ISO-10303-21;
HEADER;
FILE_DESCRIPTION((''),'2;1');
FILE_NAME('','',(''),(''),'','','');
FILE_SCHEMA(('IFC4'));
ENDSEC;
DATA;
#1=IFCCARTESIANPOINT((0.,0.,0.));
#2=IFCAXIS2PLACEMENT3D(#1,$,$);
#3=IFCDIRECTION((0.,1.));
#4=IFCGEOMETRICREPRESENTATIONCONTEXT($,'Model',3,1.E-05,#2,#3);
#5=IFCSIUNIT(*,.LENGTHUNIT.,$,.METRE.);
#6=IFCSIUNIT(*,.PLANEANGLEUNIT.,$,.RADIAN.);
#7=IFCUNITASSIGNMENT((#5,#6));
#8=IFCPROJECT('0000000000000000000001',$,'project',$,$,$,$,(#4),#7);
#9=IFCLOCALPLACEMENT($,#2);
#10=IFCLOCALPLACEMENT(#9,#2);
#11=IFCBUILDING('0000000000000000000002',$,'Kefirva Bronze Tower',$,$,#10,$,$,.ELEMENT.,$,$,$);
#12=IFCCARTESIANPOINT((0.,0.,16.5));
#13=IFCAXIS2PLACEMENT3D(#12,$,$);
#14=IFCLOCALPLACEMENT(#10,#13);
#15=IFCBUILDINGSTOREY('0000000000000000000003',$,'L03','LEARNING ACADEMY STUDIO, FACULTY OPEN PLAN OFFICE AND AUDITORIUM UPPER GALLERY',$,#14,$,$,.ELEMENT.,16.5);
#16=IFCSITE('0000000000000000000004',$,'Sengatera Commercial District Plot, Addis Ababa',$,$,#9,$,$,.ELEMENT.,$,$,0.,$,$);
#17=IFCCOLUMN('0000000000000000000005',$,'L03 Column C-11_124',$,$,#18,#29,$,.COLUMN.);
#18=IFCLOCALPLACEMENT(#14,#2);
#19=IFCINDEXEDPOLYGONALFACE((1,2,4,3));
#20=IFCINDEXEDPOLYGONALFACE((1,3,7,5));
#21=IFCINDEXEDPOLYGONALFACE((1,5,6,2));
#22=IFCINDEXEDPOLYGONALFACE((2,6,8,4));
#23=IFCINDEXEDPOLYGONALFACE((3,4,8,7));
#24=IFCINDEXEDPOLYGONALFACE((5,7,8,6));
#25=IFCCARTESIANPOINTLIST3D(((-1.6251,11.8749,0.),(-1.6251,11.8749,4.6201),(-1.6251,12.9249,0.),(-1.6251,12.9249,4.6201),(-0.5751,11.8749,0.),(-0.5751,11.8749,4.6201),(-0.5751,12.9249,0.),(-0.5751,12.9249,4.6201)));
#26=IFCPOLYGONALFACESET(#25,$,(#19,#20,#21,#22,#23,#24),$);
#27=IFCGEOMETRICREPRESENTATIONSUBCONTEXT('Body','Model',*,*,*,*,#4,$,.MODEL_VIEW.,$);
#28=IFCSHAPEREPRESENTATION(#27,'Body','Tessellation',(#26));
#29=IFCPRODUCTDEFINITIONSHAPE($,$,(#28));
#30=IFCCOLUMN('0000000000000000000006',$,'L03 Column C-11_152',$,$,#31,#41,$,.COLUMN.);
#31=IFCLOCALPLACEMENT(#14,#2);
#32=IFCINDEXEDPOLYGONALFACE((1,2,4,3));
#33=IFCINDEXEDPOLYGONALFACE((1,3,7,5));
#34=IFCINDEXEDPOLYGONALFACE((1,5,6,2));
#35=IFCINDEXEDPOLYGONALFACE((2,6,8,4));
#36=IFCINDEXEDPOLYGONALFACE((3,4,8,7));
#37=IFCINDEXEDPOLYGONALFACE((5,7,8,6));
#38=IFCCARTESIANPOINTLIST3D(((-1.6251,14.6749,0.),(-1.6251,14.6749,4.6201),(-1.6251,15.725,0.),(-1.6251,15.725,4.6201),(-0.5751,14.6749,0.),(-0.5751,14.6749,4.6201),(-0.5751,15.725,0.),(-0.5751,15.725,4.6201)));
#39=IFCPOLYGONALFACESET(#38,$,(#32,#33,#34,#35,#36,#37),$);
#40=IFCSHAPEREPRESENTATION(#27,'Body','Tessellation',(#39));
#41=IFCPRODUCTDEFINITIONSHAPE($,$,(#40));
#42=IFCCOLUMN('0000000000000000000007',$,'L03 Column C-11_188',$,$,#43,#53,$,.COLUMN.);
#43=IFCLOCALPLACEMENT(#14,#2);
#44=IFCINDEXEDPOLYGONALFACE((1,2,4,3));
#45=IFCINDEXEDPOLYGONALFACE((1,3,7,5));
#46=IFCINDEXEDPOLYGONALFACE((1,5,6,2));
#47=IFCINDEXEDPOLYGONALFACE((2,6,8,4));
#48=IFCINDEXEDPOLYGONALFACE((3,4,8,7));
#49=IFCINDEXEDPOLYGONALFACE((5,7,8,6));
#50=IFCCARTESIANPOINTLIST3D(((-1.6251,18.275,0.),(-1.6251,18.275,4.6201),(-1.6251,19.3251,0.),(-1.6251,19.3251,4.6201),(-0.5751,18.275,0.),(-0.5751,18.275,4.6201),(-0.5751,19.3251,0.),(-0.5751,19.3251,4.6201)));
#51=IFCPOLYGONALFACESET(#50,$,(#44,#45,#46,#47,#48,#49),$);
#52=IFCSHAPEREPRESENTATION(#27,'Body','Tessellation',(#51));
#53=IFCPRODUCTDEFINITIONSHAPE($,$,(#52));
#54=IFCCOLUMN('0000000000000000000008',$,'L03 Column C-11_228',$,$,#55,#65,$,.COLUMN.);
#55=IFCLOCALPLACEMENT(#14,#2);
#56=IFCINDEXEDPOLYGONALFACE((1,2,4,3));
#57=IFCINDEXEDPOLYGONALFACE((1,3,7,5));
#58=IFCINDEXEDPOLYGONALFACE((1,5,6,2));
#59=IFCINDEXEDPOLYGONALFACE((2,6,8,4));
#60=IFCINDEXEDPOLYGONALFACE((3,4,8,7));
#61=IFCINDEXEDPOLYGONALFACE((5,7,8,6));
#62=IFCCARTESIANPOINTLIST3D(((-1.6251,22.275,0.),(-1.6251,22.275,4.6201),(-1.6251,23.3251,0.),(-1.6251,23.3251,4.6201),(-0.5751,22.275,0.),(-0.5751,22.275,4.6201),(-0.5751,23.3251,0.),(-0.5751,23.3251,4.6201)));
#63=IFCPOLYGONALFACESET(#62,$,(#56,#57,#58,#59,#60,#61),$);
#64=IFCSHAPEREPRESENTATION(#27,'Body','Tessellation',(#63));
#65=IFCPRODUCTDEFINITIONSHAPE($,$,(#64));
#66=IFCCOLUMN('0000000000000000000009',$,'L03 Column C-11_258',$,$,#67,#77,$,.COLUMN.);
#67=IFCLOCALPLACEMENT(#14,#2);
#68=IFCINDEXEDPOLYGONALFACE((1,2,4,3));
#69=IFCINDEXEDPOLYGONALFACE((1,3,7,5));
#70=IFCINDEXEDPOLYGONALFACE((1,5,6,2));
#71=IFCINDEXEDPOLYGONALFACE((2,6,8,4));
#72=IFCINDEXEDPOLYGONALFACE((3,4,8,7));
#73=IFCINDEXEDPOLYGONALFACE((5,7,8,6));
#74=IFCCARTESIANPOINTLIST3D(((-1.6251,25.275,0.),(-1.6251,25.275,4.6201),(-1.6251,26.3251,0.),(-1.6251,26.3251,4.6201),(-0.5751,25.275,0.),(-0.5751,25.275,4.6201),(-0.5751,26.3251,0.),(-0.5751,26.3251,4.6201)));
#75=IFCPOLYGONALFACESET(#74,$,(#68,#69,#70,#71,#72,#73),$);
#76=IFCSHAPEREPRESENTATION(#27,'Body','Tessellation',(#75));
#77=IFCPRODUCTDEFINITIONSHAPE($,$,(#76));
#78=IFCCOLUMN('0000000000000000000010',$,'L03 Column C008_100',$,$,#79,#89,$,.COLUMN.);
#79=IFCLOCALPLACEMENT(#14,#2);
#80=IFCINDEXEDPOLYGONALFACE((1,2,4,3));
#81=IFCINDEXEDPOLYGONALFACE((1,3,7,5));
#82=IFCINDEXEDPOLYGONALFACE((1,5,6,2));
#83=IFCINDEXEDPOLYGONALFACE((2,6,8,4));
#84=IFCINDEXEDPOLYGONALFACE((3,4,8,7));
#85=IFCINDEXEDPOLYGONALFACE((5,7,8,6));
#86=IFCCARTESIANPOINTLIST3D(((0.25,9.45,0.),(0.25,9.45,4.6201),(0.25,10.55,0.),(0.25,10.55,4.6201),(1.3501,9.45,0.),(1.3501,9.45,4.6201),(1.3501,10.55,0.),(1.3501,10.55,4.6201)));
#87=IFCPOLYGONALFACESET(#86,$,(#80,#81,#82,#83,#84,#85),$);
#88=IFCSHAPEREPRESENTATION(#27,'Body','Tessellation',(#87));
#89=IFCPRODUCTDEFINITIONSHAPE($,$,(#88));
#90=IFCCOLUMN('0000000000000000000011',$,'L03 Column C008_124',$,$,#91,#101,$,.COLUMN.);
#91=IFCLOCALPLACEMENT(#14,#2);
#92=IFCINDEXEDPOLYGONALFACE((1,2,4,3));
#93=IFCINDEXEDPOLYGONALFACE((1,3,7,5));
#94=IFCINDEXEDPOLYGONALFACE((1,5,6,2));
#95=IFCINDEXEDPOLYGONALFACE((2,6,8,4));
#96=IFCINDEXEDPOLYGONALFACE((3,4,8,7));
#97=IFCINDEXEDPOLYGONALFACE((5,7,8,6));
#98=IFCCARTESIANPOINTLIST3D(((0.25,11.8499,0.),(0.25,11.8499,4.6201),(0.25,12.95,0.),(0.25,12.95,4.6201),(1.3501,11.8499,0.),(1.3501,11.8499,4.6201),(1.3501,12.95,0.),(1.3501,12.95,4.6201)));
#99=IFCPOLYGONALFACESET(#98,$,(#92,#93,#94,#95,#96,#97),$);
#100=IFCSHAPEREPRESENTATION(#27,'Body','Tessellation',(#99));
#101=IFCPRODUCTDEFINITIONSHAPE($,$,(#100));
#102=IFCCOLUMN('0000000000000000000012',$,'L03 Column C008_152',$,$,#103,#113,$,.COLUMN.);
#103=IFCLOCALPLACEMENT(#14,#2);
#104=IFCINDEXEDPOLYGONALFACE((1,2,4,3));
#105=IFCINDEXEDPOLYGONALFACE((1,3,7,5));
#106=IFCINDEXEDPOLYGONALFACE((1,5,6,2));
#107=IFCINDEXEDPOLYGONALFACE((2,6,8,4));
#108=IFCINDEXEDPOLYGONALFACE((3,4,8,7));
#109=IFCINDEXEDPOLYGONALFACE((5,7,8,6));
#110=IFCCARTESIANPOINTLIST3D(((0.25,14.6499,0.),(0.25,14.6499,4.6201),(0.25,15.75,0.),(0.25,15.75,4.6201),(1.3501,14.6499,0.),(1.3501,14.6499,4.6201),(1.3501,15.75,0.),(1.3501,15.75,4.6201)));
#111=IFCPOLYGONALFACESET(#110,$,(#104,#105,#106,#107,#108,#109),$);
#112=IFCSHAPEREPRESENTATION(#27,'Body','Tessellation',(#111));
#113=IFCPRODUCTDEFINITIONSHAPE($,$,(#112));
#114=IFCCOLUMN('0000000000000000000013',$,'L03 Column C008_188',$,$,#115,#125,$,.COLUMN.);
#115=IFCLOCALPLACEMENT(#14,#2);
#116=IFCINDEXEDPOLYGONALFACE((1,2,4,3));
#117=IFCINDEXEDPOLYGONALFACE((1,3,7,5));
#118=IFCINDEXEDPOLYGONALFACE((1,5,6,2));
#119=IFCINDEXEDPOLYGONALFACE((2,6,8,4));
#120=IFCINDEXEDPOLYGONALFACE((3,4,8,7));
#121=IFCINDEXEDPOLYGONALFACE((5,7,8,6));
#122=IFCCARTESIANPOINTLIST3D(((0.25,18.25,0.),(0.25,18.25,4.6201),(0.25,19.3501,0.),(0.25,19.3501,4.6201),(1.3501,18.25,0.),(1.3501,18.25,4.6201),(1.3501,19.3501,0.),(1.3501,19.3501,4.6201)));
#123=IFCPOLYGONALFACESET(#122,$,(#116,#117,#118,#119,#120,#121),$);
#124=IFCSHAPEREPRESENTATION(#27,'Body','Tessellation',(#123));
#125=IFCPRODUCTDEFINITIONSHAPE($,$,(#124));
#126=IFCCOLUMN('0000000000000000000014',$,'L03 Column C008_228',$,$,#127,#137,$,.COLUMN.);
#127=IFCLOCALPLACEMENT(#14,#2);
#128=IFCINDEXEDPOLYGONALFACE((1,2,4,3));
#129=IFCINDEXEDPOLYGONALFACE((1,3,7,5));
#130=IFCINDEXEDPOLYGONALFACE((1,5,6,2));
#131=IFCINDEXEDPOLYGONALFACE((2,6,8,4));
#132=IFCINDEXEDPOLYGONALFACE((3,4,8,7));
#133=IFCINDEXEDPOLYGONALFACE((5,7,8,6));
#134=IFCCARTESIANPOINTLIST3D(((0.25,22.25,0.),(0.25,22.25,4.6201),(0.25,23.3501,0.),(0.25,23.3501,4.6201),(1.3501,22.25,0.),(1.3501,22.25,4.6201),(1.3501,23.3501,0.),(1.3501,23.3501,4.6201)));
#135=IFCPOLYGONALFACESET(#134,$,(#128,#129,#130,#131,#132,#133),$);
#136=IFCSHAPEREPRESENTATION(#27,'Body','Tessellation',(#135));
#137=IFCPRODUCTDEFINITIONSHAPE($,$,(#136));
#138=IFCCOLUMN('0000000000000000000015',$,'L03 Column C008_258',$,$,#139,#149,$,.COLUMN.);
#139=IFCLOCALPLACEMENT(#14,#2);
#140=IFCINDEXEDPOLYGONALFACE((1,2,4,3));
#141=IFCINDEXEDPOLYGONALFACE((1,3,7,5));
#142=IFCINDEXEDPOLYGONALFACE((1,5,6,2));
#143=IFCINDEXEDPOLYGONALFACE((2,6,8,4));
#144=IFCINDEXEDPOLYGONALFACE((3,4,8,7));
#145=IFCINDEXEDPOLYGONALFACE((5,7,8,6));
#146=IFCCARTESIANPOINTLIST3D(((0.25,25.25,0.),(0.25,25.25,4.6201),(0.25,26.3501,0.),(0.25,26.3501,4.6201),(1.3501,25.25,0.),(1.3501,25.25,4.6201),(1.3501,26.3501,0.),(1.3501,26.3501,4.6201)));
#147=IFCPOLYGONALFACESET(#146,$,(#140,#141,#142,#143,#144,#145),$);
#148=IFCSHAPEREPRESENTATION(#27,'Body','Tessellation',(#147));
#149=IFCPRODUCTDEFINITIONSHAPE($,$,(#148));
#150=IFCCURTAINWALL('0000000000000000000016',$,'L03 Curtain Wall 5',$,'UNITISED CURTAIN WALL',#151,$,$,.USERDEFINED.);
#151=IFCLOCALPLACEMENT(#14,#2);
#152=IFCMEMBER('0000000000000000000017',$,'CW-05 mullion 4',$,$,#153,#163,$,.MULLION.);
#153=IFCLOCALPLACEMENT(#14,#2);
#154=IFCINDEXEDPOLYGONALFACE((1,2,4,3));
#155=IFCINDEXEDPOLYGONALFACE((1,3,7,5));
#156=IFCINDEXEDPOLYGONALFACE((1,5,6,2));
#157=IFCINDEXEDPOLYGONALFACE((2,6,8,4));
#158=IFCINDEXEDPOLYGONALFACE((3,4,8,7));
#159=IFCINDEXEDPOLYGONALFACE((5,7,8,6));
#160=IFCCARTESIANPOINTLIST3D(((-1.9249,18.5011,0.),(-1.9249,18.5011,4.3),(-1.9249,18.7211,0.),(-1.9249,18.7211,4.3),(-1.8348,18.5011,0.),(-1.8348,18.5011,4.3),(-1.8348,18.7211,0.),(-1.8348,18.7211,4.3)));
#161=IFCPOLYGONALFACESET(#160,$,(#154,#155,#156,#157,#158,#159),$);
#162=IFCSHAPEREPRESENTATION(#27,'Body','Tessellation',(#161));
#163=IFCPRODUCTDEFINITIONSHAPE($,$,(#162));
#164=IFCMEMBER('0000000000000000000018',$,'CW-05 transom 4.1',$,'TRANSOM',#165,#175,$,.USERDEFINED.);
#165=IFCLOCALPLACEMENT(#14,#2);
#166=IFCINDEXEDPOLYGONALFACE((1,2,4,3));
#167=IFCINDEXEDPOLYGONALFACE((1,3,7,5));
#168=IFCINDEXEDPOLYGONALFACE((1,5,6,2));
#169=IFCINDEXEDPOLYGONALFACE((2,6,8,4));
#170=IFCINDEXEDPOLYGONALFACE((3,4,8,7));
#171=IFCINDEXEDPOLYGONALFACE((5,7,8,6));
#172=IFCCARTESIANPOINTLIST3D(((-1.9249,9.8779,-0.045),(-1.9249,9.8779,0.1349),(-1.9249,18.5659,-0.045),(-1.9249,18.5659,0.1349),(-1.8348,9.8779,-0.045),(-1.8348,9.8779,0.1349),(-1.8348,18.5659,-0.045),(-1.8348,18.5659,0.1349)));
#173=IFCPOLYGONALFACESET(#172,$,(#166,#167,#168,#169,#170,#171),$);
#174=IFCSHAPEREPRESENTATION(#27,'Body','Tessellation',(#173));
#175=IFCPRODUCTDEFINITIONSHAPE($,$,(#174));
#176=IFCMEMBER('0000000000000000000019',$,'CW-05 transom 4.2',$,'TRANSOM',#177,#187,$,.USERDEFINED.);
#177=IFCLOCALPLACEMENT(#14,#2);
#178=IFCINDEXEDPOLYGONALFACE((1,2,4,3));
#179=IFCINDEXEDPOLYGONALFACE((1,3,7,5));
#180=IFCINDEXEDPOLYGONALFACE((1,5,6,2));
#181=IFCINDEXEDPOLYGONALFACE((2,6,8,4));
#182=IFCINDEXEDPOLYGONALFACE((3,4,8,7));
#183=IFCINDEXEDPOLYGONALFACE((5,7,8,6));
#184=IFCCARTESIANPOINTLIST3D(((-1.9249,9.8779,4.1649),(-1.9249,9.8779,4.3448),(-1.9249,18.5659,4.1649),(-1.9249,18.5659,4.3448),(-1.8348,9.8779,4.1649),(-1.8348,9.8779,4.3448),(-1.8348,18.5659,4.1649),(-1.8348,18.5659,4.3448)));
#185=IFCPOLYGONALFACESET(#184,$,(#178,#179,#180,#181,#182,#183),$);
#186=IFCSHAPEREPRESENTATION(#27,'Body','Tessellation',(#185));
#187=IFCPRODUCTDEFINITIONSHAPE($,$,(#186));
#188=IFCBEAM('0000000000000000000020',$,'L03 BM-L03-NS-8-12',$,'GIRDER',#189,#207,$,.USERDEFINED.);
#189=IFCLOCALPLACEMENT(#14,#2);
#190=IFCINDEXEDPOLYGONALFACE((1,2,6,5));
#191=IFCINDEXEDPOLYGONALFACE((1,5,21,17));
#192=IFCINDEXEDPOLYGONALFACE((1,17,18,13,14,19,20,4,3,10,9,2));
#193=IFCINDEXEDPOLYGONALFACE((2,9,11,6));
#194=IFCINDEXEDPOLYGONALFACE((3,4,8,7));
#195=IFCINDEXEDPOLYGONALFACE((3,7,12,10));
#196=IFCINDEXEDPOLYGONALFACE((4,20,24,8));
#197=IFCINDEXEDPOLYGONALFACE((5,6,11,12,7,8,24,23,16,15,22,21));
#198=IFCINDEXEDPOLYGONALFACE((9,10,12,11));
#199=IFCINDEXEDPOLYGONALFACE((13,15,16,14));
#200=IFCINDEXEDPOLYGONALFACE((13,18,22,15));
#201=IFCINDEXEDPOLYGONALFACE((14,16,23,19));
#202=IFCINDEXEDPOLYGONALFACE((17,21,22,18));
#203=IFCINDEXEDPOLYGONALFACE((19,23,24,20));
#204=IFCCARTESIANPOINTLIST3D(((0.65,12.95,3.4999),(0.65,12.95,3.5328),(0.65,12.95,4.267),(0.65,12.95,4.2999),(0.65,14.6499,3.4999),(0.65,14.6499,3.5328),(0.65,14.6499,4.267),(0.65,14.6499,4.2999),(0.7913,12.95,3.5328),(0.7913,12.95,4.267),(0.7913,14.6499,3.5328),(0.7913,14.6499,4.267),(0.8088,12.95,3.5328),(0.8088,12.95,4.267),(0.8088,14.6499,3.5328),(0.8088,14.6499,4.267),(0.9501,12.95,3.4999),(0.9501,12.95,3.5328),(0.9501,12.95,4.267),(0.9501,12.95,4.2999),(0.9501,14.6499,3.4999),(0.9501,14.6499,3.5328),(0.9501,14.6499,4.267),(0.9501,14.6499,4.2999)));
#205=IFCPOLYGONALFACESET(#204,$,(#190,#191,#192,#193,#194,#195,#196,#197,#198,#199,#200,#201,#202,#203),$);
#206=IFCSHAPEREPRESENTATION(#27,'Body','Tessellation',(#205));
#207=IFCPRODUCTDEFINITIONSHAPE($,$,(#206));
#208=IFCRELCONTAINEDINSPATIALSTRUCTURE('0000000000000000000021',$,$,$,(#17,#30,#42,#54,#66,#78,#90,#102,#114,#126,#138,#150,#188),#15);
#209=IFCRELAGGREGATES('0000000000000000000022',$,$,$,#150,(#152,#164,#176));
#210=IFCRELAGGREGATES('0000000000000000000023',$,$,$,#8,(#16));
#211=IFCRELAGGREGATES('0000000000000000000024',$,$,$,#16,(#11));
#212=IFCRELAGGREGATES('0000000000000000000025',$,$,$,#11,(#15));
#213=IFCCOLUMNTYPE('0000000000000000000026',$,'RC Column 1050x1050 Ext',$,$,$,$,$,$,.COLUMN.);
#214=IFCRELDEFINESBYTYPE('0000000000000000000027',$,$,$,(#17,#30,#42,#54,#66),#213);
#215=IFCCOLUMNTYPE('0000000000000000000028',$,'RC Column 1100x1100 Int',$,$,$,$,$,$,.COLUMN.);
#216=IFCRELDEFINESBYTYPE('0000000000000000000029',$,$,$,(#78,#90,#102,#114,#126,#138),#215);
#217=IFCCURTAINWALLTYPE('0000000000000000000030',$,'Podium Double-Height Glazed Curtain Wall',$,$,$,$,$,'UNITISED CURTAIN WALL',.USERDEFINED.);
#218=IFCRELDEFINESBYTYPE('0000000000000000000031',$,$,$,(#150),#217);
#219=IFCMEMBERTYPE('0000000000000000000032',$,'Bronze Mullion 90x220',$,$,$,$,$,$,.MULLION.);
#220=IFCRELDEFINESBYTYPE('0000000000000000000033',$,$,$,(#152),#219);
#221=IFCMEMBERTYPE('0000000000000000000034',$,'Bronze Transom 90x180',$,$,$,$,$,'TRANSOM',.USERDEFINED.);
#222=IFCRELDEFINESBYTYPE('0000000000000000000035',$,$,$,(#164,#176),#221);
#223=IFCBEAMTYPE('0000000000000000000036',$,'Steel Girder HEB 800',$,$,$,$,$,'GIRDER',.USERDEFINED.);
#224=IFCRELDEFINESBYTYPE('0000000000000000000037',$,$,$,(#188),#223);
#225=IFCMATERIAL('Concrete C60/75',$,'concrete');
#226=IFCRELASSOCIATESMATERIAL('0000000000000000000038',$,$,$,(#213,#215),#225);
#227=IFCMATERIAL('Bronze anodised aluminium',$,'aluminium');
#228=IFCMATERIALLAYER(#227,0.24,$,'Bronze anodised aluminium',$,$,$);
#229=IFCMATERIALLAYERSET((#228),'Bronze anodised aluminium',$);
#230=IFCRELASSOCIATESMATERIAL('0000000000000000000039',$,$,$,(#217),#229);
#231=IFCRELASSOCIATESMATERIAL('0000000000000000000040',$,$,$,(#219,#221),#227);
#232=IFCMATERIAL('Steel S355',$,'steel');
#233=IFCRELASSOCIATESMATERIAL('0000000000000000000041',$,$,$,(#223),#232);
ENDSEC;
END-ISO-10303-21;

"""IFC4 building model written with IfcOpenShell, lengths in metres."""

from ifc_helpers import new_model, si_unit, direction, frame, origin, origin_2d, place, context, subcontext, project, spatial, rectangle, i_section, extrude, material, layer, layer_set, material_profile, profile_set, type_object, element, aggregate, save


model = new_model("IFC4")

# Units and contexts
model_context = context("Model", 3, precision=1e-05, world=origin(), true_north=direction((0.0, 1.0)))
body_context = subcontext(model_context, "Body", "Model", "MODEL_VIEW")
ifc_project = project(units=[si_unit("LENGTHUNIT", "METRE"), si_unit("PLANEANGLEUNIT", "RADIAN")], contexts=[model_context])

# Site, building, storey
site_placement = place(None, origin())
site = spatial("IfcSite", under=ifc_project, at=site_placement, Name="Sengatera Commercial District Plot, Addis Ababa", CompositionType="ELEMENT", RefElevation=0.0)
building_placement = place(site_placement, origin())
building = spatial("IfcBuilding", under=site, at=building_placement, Name="Kefirva Bronze Tower", CompositionType="ELEMENT")
storey_placement = place(building_placement, frame((0.0, 0.0, 16.5)))
storey = spatial("IfcBuildingStorey", under=building, at=storey_placement, Name="L03", Description="LEARNING ACADEMY STUDIO, FACULTY OPEN PLAN OFFICE AND AUDITORIUM UPPER GALLERY", CompositionType="ELEMENT", Elevation=16.5)

# Columns
ifc_material_1 = material(Name="Concrete C60/75", Category="concrete")
ifc_material_profile_1 = material_profile(ifc_material_1, rectangle(XDim=1.05, YDim=1.05, at=origin_2d()), Name="RC 1050x1050")
ifc_profile_set_1 = profile_set([ifc_material_profile_1], Name="Concrete C60/75")
column_type_1 = type_object("IfcColumnType", Name="RC Column 1050x1050 Ext", PredefinedType="COLUMN", material=ifc_profile_set_1)
for number, where, z_axis, x_axis, name in (
    (1, (-1.1001, 12.3999, 0.0), (0.0, 0.0, 1.0), (1.0, 0.0, 0.0), "L03 Column C-11_124"),
    (2, (-1.1001, 15.2, 0.0), (0.0, 0.0, 1.0), (1.0, 0.0, 0.0), "L03 Column C-11_152"),
    (3, (-1.1001, 18.8, 0.0), (0.0, 0.0, 1.0), (1.0, 0.0, 0.0), "L03 Column C-11_188"),
    (4, (-1.1001, 22.8, 0.0), (0.0, 0.0, 1.0), (1.0, 0.0, 0.0), "L03 Column C-11_228"),
    (5, (-1.1001, 25.8, 0.0), (0.0, 0.0, 1.0), (1.0, 0.0, 0.0), "L03 Column C-11_258"),
):
    element("IfcColumn", number, at=place(storey_placement, frame(where, z_axis=z_axis, x_axis=x_axis)), inside=storey, type_object=column_type_1, Name=name, PredefinedType="COLUMN", context=body_context, shape_type="SweptSolid", body=[
        extrude(rectangle(XDim=1.05, YDim=1.05, at=origin_2d()), origin(), (0.0, 0.0, 1.0), 4.6201),
    ])
ifc_material_profile_2 = material_profile(ifc_material_1, rectangle(XDim=1.1001, YDim=1.1001, at=origin_2d()), Name="RC 1100x1100")
ifc_profile_set_2 = profile_set([ifc_material_profile_2], Name="Concrete C60/75")
column_type_2 = type_object("IfcColumnType", Name="RC Column 1100x1100 Int", PredefinedType="COLUMN", material=ifc_profile_set_2)
for number, where, z_axis, x_axis, name in (
    (6, (0.8, 10.0, 0.0), (0.0, 0.0, 1.0), (1.0, 0.0, 0.0), "L03 Column C008_100"),
    (7, (0.8, 12.3999, 0.0), (0.0, 0.0, 1.0), (1.0, 0.0, 0.0), "L03 Column C008_124"),
    (8, (0.8, 15.2, 0.0), (0.0, 0.0, 1.0), (1.0, 0.0, 0.0), "L03 Column C008_152"),
    (9, (0.8, 18.8, 0.0), (0.0, 0.0, 1.0), (1.0, 0.0, 0.0), "L03 Column C008_188"),
    (10, (0.8, 22.8, 0.0), (0.0, 0.0, 1.0), (1.0, 0.0, 0.0), "L03 Column C008_228"),
    (11, (0.8, 25.8, 0.0), (0.0, 0.0, 1.0), (1.0, 0.0, 0.0), "L03 Column C008_258"),
):
    element("IfcColumn", number, at=place(storey_placement, frame(where, z_axis=z_axis, x_axis=x_axis)), inside=storey, type_object=column_type_2, Name=name, PredefinedType="COLUMN", context=body_context, shape_type="SweptSolid", body=[
        extrude(rectangle(XDim=1.1001, YDim=1.1001, at=origin_2d()), origin(), (0.0, 0.0, 1.0), 4.6201),
    ])

# Curtain wall, members
ifc_material_2 = material(Name="Bronze anodised aluminium", Category="aluminium")
ifc_layer_1 = layer(ifc_material_2, 0.24, Name="Bronze anodised aluminium")
ifc_layer_set_1 = layer_set([ifc_layer_1], Name="Bronze anodised aluminium")
curtain_wall_type = type_object("IfcCurtainWallType", Name="Podium Double-Height Glazed Curtain Wall", ElementType="UNITISED CURTAIN WALL", PredefinedType="USERDEFINED", material=ifc_layer_set_1)
curtain_wall_placement = place(storey_placement, origin())
curtain_wall = element("IfcCurtainWall", 12, at=curtain_wall_placement, inside=storey, type_object=curtain_wall_type, Name="L03 Curtain Wall 5", ObjectType="UNITISED CURTAIN WALL", PredefinedType="USERDEFINED")
ifc_material_profile_3 = material_profile(ifc_material_2, rectangle(XDim=0.0901, YDim=0.22, at=origin_2d()), Name="ALU 90x220")
ifc_profile_set_3 = profile_set([ifc_material_profile_3], Name="Bronze anodised aluminium")
member_type_1 = type_object("IfcMemberType", Name="Bronze Mullion 90x220", PredefinedType="MULLION", material=ifc_profile_set_3)
member_1_placement = place(storey_placement, frame((-1.8799, 18.6111, 0.0), z_axis=(0.0, 0.0, 1.0), x_axis=(1.0, 0.0, 0.0)))
member_1 = element("IfcMember", 13, at=member_1_placement, type_object=member_type_1, Name="CW-05 mullion 4", PredefinedType="MULLION", context=body_context, shape_type="SweptSolid", body=[
    extrude(rectangle(XDim=0.0901, YDim=0.22, at=origin_2d()), origin(), (0.0, 0.0, 1.0), 4.3),
])
ifc_material_profile_4 = material_profile(ifc_material_2, rectangle(XDim=0.0901, YDim=0.1799, at=origin_2d()), Name="ALU 90x180")
ifc_profile_set_4 = profile_set([ifc_material_profile_4], Name="Bronze anodised aluminium")
member_type_2 = type_object("IfcMemberType", Name="Bronze Transom 90x180", ElementType="TRANSOM", PredefinedType="USERDEFINED", material=ifc_profile_set_4)
member_2_placement = place(storey_placement, frame((-1.8799, 18.5659, 0.0449), z_axis=(0.0, -1.0, 0.0), x_axis=(1.0, 0.0, 0.0)))
member_2 = element("IfcMember", 14, at=member_2_placement, type_object=member_type_2, Name="CW-05 transom 4.1", ObjectType="TRANSOM", PredefinedType="USERDEFINED", context=body_context, shape_type="SweptSolid", body=[
    extrude(rectangle(XDim=0.0901, YDim=0.1799, at=origin_2d()), origin(), (0.0, 0.0, 1.0), 8.688),
])
member_3_placement = place(storey_placement, frame((-1.8799, 18.5659, 4.2549), z_axis=(0.0, -1.0, 0.0), x_axis=(1.0, 0.0, 0.0)))
member_3 = element("IfcMember", 15, at=member_3_placement, type_object=member_type_2, Name="CW-05 transom 4.2", ObjectType="TRANSOM", PredefinedType="USERDEFINED", context=body_context, shape_type="SweptSolid", body=[
    extrude(rectangle(XDim=0.0901, YDim=0.1799, at=origin_2d()), origin(), (0.0, 0.0, 1.0), 8.688),
])

# Beam
ifc_material_3 = material(Name="Steel S355", Category="steel")
ifc_material_profile_5 = material_profile(ifc_material_3, i_section(OverallWidth=0.3, OverallDepth=0.8, WebThickness=0.0176, FlangeThickness=0.033, at=origin_2d()), Name="HEB 800")
ifc_profile_set_5 = profile_set([ifc_material_profile_5], Name="Steel S355")
beam_type_1 = type_object("IfcBeamType", Name="Steel Girder HEB 800", ElementType="GIRDER", PredefinedType="USERDEFINED", material=ifc_profile_set_5)
beam_1_placement = place(storey_placement, frame((0.8, 12.95, 3.8999), z_axis=(0.0, 1.0, 0.0), x_axis=(-1.0, 0.0, 0.0)))
element("IfcBeam", 16, at=beam_1_placement, inside=storey, type_object=beam_type_1, Name="L03 BM-L03-NS-8-12", ObjectType="GIRDER", PredefinedType="USERDEFINED", context=body_context, shape_type="SweptSolid", body=[
    extrude(i_section(OverallWidth=0.3, OverallDepth=0.8, WebThickness=0.0176, FlangeThickness=0.033, at=origin_2d()), origin(), (0.0, 0.0, 1.0), 1.7),
])

aggregate(curtain_wall, [member_1, member_2, member_3])

save(model, "model.ifc")
